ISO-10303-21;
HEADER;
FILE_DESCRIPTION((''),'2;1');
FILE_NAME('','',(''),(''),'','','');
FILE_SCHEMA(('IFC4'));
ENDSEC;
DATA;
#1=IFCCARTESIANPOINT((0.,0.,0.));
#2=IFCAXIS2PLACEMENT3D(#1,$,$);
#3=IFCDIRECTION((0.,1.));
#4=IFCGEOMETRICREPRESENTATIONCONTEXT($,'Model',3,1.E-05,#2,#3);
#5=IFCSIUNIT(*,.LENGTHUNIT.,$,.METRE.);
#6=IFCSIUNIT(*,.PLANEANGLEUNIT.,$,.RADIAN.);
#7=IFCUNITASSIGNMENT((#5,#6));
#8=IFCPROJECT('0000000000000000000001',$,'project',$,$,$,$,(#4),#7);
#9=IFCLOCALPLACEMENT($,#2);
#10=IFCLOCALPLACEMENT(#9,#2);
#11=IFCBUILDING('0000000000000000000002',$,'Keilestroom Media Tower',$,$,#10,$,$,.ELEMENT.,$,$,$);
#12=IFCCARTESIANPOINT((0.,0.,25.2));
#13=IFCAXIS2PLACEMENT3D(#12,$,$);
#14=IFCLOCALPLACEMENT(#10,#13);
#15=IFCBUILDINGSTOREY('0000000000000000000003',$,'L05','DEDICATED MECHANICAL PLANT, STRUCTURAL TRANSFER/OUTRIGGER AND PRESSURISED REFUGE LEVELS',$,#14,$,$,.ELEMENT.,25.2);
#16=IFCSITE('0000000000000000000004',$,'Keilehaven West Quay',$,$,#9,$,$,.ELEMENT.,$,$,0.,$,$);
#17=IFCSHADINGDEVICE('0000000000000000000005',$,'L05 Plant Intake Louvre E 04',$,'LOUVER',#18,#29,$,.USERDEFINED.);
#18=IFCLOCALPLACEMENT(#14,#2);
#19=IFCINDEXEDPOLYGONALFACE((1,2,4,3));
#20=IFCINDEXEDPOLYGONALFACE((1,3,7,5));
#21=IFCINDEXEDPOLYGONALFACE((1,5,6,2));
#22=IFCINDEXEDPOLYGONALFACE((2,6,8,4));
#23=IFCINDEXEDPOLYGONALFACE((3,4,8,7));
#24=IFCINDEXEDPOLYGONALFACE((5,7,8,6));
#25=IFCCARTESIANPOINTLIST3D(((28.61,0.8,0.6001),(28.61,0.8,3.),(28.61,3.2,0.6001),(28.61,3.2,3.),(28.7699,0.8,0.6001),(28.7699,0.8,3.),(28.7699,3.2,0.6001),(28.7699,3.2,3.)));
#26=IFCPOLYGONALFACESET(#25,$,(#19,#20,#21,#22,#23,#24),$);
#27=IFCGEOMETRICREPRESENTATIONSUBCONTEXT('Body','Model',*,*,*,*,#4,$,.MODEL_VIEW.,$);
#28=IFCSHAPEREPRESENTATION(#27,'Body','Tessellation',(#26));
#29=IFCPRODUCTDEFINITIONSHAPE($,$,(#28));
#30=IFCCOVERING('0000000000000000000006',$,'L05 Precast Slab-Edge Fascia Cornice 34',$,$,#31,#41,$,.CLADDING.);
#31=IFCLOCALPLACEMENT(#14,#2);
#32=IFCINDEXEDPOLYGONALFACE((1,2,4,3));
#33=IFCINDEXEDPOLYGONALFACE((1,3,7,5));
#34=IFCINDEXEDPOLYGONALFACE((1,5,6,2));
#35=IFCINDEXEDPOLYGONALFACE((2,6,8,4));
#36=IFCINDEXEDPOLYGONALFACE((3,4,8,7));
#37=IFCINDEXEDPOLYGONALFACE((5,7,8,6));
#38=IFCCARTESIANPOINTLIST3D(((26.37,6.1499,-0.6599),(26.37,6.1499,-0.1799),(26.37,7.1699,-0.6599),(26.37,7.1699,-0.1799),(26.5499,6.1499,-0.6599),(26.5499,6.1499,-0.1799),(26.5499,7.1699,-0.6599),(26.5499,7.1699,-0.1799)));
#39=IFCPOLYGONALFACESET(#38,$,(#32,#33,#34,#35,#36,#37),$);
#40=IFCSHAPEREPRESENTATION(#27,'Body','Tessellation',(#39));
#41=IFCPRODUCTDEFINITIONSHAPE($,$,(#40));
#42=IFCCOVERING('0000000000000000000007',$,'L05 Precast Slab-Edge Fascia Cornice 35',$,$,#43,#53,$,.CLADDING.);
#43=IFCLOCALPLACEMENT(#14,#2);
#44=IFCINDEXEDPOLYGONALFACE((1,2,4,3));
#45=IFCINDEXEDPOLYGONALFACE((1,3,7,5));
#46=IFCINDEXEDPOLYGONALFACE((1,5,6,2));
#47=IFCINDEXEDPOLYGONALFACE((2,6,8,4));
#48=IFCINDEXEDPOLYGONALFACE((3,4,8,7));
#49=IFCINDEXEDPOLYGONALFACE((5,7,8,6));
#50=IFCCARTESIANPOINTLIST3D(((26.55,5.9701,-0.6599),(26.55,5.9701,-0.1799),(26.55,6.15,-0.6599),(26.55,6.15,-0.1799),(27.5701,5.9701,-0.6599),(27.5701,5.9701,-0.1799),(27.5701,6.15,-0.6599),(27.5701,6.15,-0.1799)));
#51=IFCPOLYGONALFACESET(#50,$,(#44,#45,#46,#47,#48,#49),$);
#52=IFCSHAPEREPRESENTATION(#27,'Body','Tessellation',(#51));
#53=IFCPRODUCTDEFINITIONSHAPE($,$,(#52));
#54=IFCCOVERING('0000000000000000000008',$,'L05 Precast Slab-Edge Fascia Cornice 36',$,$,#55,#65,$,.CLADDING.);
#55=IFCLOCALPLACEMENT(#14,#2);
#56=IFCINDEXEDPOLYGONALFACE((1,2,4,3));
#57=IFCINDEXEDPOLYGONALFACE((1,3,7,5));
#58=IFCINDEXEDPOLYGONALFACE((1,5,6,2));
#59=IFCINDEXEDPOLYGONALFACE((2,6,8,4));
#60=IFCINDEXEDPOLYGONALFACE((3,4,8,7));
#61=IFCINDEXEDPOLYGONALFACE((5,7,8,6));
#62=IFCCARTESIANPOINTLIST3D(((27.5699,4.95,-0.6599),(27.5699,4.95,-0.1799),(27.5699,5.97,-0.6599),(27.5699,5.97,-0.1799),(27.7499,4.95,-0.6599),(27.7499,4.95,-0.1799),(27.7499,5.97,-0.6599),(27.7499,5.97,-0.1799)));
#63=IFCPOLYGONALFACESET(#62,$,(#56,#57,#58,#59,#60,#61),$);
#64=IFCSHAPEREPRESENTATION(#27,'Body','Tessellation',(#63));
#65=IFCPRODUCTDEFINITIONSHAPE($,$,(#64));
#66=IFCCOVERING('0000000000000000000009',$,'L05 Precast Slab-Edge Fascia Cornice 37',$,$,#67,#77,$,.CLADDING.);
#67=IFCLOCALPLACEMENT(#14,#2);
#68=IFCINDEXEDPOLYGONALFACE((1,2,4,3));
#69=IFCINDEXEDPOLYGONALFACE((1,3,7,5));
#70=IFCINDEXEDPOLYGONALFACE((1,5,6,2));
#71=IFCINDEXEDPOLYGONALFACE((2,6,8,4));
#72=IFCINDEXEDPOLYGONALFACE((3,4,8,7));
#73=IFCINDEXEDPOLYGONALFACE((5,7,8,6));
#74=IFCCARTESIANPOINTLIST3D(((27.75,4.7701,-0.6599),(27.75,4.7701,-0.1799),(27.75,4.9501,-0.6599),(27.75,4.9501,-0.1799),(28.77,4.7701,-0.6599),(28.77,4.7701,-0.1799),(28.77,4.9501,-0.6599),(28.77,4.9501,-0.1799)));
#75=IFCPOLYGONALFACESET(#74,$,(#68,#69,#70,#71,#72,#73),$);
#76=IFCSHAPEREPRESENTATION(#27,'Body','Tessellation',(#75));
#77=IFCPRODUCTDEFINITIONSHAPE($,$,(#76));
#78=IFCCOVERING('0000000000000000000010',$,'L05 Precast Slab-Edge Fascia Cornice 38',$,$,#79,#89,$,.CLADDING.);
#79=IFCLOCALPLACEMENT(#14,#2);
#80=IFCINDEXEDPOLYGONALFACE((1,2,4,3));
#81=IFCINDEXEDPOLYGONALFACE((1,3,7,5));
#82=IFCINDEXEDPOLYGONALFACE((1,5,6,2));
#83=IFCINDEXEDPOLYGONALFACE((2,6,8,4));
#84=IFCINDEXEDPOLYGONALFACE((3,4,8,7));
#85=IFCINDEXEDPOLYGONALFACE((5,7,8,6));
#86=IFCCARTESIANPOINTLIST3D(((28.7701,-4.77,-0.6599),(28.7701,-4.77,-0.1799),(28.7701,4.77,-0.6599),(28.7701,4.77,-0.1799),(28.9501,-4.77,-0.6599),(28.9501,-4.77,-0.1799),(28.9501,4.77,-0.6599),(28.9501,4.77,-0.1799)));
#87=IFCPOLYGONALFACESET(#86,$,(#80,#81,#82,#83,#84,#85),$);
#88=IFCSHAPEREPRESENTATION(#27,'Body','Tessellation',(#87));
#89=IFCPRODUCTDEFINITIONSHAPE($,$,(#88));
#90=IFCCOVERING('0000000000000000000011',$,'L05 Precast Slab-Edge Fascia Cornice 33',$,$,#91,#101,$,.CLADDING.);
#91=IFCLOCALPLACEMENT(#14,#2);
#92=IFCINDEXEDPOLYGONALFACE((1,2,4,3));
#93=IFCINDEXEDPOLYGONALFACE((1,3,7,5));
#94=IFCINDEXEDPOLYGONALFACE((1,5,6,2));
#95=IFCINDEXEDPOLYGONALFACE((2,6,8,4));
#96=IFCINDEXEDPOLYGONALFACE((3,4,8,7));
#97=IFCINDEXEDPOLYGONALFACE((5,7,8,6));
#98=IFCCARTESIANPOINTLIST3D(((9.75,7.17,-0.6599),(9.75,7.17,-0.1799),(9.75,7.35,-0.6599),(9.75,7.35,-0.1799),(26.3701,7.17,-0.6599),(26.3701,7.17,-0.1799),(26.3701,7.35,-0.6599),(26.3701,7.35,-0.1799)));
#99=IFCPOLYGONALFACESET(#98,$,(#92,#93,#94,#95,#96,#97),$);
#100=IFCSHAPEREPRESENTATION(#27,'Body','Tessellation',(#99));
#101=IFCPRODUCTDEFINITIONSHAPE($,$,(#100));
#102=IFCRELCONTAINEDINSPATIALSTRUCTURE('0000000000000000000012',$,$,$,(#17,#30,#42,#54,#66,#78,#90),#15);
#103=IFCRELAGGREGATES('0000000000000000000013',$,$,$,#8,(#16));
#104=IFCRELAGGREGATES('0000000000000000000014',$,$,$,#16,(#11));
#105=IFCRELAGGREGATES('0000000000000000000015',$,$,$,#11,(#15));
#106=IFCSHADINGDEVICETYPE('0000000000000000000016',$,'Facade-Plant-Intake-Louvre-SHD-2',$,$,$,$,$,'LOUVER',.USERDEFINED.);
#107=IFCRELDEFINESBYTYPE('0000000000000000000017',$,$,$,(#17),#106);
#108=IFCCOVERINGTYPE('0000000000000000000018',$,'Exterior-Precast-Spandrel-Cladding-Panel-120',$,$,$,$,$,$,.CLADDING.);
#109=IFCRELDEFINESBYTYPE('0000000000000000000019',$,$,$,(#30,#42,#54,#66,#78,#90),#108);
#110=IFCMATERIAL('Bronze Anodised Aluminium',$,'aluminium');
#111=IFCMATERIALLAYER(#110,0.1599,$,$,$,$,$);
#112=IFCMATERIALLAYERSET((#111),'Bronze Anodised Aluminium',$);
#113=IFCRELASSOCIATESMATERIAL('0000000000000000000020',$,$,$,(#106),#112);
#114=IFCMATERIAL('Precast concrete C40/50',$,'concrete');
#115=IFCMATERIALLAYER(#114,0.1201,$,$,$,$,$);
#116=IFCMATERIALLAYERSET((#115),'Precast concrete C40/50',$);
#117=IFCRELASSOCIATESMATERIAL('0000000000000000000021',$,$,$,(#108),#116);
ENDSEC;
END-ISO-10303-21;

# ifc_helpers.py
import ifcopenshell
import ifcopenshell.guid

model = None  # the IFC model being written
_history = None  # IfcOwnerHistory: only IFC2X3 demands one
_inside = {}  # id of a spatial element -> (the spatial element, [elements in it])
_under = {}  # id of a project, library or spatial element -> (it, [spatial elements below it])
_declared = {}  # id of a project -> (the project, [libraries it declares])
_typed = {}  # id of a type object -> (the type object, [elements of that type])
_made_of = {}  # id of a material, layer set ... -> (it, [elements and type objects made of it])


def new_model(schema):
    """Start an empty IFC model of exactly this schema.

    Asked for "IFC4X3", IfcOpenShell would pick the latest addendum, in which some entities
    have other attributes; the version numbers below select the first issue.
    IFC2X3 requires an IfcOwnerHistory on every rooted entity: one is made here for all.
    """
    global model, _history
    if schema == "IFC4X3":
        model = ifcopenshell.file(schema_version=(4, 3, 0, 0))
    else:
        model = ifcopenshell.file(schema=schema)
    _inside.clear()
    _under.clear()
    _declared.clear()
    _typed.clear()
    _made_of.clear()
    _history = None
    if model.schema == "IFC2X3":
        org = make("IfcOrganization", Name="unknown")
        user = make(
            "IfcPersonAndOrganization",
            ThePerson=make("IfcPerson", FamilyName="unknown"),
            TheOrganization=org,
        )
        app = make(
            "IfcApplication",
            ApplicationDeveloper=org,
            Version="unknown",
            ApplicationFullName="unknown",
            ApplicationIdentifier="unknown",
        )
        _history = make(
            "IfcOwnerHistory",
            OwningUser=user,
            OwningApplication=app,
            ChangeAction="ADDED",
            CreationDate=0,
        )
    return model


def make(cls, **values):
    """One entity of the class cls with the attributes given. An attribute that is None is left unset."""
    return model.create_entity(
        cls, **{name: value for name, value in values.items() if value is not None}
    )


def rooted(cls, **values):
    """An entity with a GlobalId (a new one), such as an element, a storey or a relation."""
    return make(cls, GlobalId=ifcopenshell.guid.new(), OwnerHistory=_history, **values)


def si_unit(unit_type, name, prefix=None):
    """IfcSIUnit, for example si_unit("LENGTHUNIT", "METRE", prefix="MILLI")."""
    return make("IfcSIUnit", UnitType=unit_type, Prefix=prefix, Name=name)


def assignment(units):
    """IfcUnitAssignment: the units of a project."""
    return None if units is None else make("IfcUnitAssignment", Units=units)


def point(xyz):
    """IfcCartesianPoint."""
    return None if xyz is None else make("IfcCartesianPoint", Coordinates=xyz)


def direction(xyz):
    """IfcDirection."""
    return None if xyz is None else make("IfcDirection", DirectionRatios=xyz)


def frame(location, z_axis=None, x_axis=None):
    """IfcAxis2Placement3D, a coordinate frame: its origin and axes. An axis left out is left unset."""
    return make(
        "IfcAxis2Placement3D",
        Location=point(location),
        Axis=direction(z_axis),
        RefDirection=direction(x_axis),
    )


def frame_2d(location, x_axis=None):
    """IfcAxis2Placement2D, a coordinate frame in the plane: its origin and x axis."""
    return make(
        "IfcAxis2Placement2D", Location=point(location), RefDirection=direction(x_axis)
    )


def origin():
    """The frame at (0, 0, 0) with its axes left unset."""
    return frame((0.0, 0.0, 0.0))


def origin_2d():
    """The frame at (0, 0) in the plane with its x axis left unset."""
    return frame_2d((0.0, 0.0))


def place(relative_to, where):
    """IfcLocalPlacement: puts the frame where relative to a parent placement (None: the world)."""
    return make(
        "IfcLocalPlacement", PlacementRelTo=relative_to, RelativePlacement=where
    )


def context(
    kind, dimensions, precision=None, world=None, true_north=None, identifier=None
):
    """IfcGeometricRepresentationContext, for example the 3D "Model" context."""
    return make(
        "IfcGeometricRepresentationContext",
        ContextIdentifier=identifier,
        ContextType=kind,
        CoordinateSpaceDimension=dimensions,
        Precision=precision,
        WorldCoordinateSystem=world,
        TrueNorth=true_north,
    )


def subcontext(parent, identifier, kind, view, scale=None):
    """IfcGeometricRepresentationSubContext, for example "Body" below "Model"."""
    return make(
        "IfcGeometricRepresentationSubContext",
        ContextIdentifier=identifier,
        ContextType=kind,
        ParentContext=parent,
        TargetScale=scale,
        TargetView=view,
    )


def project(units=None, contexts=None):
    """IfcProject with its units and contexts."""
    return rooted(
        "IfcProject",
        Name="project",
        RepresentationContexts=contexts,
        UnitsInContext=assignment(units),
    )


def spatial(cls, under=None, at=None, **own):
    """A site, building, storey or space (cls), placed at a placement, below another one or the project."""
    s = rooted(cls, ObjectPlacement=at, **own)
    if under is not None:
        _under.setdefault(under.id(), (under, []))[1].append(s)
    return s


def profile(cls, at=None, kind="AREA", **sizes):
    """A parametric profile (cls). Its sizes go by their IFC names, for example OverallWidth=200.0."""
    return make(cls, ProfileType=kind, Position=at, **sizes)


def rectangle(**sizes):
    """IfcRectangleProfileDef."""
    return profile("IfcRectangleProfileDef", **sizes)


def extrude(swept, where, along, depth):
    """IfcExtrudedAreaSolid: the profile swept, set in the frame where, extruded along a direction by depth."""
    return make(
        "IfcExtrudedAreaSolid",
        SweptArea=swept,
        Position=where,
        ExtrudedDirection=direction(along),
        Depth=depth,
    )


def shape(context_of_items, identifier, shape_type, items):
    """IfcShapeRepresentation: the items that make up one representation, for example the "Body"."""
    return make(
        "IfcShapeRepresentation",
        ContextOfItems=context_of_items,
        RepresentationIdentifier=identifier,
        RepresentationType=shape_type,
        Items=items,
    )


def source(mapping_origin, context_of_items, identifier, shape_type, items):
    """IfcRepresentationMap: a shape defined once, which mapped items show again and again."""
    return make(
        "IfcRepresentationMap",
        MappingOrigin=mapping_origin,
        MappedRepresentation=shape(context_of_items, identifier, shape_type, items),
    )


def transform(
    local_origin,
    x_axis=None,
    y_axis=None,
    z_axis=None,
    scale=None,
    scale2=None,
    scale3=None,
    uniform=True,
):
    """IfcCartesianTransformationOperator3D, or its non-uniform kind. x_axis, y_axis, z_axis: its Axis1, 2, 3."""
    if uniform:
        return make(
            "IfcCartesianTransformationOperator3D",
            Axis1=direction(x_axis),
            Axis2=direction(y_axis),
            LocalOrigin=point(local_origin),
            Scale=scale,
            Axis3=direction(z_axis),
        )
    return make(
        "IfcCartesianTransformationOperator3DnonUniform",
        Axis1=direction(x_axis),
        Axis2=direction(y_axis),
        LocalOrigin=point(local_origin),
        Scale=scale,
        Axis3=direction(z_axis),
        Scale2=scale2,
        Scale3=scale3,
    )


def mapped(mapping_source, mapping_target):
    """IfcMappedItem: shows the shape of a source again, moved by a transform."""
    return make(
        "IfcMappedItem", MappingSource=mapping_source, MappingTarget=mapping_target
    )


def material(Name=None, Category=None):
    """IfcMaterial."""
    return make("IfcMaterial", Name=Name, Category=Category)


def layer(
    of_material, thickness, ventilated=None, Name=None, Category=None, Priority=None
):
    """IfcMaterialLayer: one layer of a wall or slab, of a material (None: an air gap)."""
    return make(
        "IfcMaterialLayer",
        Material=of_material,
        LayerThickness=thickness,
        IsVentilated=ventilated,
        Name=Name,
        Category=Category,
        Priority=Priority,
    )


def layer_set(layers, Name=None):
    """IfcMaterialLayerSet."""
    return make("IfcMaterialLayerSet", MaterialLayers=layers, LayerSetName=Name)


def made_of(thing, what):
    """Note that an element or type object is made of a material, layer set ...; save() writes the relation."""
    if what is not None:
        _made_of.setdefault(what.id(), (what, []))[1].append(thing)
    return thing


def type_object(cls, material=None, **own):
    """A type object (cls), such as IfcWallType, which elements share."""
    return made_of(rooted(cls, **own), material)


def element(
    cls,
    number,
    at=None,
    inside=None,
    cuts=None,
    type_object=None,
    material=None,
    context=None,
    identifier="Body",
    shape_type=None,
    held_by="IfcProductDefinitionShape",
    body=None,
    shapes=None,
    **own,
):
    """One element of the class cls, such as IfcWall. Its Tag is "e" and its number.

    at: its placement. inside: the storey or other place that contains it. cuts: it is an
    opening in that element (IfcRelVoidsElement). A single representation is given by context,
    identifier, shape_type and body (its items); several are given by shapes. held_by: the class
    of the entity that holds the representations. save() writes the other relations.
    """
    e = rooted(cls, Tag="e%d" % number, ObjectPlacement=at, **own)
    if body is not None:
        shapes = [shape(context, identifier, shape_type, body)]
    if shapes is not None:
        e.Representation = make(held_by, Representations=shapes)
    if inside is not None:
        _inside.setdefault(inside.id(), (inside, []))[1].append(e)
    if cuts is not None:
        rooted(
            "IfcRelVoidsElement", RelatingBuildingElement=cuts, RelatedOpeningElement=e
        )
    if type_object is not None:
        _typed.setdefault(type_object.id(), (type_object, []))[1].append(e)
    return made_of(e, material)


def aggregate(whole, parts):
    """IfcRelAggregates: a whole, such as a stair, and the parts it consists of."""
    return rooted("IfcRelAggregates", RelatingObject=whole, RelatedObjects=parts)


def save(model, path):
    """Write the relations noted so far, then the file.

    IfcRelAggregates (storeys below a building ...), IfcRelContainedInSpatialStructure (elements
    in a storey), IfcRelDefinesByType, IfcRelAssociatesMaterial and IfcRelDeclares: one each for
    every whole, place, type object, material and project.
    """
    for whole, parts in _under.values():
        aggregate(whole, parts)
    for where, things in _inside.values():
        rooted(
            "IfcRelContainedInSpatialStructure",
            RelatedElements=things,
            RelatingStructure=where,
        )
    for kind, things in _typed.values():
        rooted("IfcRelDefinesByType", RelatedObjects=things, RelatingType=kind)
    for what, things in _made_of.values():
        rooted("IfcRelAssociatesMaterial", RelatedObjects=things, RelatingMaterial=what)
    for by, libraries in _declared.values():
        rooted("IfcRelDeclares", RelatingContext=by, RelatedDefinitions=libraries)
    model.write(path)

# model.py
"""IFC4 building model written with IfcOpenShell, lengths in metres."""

from ifc_helpers import new_model, si_unit, direction, frame, origin, origin_2d, place, context, subcontext, project, spatial, rectangle, extrude, source, transform, mapped, material, layer, layer_set, type_object, element, save


model = new_model("IFC4")

# Units and contexts
model_context = context("Model", 3, precision=1e-05, world=origin(), true_north=direction((0.0, 1.0)))
body_context = subcontext(model_context, "Body", "Model", "MODEL_VIEW")
ifc_project = project(units=[si_unit("LENGTHUNIT", "METRE"), si_unit("PLANEANGLEUNIT", "RADIAN")], contexts=[model_context])

# Site, building, storey
site_placement = place(None, origin())
site = spatial("IfcSite", under=ifc_project, at=site_placement, Name="Keilehaven West Quay", CompositionType="ELEMENT", RefElevation=0.0)
building_placement = place(site_placement, origin())
building = spatial("IfcBuilding", under=site, at=building_placement, Name="Keilestroom Media Tower", CompositionType="ELEMENT")
storey_placement = place(building_placement, frame((0.0, 0.0, 25.2)))
storey = spatial("IfcBuildingStorey", under=building, at=storey_placement, Name="L05", Description="DEDICATED MECHANICAL PLANT, STRUCTURAL TRANSFER/OUTRIGGER AND PRESSURISED REFUGE LEVELS", CompositionType="ELEMENT", Elevation=25.2)

# Shared definitions
ifc_material_1 = material(Name="Precast concrete C40/50", Category="concrete")

# Shading device
ifc_material_2 = material(Name="Bronze Anodised Aluminium", Category="aluminium")
ifc_layer_1 = layer(ifc_material_2, 0.1599)
ifc_layer_set_1 = layer_set([ifc_layer_1], Name="Bronze Anodised Aluminium")
shading_device_type = type_object("IfcShadingDeviceType", Name="Facade-Plant-Intake-Louvre-SHD-2", ElementType="LOUVER", PredefinedType="USERDEFINED", material=ifc_layer_set_1)
shared_shape_1 = source(origin(), body_context, "Body", "SweptSolid", [
    extrude(rectangle(XDim=0.1599, YDim=2.3999, at=origin_2d()), origin(), (0.0, 0.0, 1.0), 2.3999),
])
shading_device_placement = place(storey_placement, frame((28.6899, 2.0, 0.6001), z_axis=(0.0, 0.0, 1.0), x_axis=(1.0, 0.0, 0.0)))
element("IfcShadingDevice", 1, at=shading_device_placement, inside=storey, type_object=shading_device_type, Name="L05 Plant Intake Louvre E 04", ObjectType="LOUVER", PredefinedType="USERDEFINED", context=body_context, shape_type="MappedRepresentation", body=[
    mapped(shared_shape_1, transform((0.0, 0.0, 0.0), x_axis=(1.0, 0.0, 0.0), y_axis=(0.0, 1.0, 0.0), z_axis=(0.0, 0.0, 1.0), scale=1.0)),
])

# Coverings
ifc_layer_2 = layer(ifc_material_1, 0.1201)
ifc_layer_set_2 = layer_set([ifc_layer_2], Name="Precast concrete C40/50")
covering_type = type_object("IfcCoveringType", Name="Exterior-Precast-Spandrel-Cladding-Panel-120", PredefinedType="CLADDING", material=ifc_layer_set_2)
shared_shape_2 = source(origin(), body_context, "Body", "SweptSolid", [
    extrude(rectangle(XDim=1.02, YDim=0.1799, at=origin_2d()), origin(), (0.0, 0.0, 1.0), 0.48),
])
for number, where, z_axis, x_axis, name in (
    (2, (26.46, 6.6599, -0.6599), (0.0, 0.0, 1.0), (0.0, -1.0, 0.0), "L05 Precast Slab-Edge Fascia Cornice 34"),
    (3, (27.0601, 6.0601, -0.6599), (0.0, 0.0, 1.0), (1.0, 0.0, 0.0), "L05 Precast Slab-Edge Fascia Cornice 35"),
    (4, (27.6599, 5.46, -0.6599), (0.0, 0.0, 1.0), (0.0, -1.0, 0.0), "L05 Precast Slab-Edge Fascia Cornice 36"),
    (5, (28.26, 4.8601, -0.6599), (0.0, 0.0, 1.0), (1.0, 0.0, 0.0), "L05 Precast Slab-Edge Fascia Cornice 37"),
):
    element("IfcCovering", number, at=place(storey_placement, frame(where, z_axis=z_axis, x_axis=x_axis)), inside=storey, type_object=covering_type, Name=name, PredefinedType="CLADDING", context=body_context, shape_type="MappedRepresentation", body=[
        mapped(shared_shape_2, transform((0.0, 0.0, 0.0), x_axis=(1.0, 0.0, 0.0), y_axis=(0.0, 1.0, 0.0), z_axis=(0.0, 0.0, 1.0), scale=1.0)),
    ])
shared_shape_3 = source(origin(), body_context, "Body", "SweptSolid", [
    extrude(rectangle(XDim=9.54, YDim=0.1799, at=origin_2d()), origin(), (0.0, 0.0, 1.0), 0.48),
])
covering_1_placement = place(storey_placement, frame((28.8601, 0.0, -0.6599), z_axis=(0.0, 0.0, 1.0), x_axis=(0.0, -1.0, 0.0)))
element("IfcCovering", 6, at=covering_1_placement, inside=storey, type_object=covering_type, Name="L05 Precast Slab-Edge Fascia Cornice 38", PredefinedType="CLADDING", context=body_context, shape_type="MappedRepresentation", body=[
    mapped(shared_shape_3, transform((0.0, 0.0, 0.0), x_axis=(1.0, 0.0, 0.0), y_axis=(0.0, 1.0, 0.0), z_axis=(0.0, 0.0, 1.0), scale=1.0)),
])
shared_shape_4 = source(origin(), body_context, "Body", "SweptSolid", [
    extrude(rectangle(XDim=16.6201, YDim=0.1799, at=origin_2d()), origin(), (0.0, 0.0, 1.0), 0.48),
])
covering_2_placement = place(storey_placement, frame((18.0601, 7.26, -0.6599), z_axis=(0.0, 0.0, 1.0), x_axis=(1.0, 0.0, 0.0)))
element("IfcCovering", 7, at=covering_2_placement, inside=storey, type_object=covering_type, Name="L05 Precast Slab-Edge Fascia Cornice 33", PredefinedType="CLADDING", context=body_context, shape_type="MappedRepresentation", body=[
    mapped(shared_shape_4, transform((0.0, 0.0, 0.0), x_axis=(1.0, 0.0, 0.0), y_axis=(0.0, 1.0, 0.0), z_axis=(0.0, 0.0, 1.0), scale=1.0)),
])

save(model, "model.ifc")
